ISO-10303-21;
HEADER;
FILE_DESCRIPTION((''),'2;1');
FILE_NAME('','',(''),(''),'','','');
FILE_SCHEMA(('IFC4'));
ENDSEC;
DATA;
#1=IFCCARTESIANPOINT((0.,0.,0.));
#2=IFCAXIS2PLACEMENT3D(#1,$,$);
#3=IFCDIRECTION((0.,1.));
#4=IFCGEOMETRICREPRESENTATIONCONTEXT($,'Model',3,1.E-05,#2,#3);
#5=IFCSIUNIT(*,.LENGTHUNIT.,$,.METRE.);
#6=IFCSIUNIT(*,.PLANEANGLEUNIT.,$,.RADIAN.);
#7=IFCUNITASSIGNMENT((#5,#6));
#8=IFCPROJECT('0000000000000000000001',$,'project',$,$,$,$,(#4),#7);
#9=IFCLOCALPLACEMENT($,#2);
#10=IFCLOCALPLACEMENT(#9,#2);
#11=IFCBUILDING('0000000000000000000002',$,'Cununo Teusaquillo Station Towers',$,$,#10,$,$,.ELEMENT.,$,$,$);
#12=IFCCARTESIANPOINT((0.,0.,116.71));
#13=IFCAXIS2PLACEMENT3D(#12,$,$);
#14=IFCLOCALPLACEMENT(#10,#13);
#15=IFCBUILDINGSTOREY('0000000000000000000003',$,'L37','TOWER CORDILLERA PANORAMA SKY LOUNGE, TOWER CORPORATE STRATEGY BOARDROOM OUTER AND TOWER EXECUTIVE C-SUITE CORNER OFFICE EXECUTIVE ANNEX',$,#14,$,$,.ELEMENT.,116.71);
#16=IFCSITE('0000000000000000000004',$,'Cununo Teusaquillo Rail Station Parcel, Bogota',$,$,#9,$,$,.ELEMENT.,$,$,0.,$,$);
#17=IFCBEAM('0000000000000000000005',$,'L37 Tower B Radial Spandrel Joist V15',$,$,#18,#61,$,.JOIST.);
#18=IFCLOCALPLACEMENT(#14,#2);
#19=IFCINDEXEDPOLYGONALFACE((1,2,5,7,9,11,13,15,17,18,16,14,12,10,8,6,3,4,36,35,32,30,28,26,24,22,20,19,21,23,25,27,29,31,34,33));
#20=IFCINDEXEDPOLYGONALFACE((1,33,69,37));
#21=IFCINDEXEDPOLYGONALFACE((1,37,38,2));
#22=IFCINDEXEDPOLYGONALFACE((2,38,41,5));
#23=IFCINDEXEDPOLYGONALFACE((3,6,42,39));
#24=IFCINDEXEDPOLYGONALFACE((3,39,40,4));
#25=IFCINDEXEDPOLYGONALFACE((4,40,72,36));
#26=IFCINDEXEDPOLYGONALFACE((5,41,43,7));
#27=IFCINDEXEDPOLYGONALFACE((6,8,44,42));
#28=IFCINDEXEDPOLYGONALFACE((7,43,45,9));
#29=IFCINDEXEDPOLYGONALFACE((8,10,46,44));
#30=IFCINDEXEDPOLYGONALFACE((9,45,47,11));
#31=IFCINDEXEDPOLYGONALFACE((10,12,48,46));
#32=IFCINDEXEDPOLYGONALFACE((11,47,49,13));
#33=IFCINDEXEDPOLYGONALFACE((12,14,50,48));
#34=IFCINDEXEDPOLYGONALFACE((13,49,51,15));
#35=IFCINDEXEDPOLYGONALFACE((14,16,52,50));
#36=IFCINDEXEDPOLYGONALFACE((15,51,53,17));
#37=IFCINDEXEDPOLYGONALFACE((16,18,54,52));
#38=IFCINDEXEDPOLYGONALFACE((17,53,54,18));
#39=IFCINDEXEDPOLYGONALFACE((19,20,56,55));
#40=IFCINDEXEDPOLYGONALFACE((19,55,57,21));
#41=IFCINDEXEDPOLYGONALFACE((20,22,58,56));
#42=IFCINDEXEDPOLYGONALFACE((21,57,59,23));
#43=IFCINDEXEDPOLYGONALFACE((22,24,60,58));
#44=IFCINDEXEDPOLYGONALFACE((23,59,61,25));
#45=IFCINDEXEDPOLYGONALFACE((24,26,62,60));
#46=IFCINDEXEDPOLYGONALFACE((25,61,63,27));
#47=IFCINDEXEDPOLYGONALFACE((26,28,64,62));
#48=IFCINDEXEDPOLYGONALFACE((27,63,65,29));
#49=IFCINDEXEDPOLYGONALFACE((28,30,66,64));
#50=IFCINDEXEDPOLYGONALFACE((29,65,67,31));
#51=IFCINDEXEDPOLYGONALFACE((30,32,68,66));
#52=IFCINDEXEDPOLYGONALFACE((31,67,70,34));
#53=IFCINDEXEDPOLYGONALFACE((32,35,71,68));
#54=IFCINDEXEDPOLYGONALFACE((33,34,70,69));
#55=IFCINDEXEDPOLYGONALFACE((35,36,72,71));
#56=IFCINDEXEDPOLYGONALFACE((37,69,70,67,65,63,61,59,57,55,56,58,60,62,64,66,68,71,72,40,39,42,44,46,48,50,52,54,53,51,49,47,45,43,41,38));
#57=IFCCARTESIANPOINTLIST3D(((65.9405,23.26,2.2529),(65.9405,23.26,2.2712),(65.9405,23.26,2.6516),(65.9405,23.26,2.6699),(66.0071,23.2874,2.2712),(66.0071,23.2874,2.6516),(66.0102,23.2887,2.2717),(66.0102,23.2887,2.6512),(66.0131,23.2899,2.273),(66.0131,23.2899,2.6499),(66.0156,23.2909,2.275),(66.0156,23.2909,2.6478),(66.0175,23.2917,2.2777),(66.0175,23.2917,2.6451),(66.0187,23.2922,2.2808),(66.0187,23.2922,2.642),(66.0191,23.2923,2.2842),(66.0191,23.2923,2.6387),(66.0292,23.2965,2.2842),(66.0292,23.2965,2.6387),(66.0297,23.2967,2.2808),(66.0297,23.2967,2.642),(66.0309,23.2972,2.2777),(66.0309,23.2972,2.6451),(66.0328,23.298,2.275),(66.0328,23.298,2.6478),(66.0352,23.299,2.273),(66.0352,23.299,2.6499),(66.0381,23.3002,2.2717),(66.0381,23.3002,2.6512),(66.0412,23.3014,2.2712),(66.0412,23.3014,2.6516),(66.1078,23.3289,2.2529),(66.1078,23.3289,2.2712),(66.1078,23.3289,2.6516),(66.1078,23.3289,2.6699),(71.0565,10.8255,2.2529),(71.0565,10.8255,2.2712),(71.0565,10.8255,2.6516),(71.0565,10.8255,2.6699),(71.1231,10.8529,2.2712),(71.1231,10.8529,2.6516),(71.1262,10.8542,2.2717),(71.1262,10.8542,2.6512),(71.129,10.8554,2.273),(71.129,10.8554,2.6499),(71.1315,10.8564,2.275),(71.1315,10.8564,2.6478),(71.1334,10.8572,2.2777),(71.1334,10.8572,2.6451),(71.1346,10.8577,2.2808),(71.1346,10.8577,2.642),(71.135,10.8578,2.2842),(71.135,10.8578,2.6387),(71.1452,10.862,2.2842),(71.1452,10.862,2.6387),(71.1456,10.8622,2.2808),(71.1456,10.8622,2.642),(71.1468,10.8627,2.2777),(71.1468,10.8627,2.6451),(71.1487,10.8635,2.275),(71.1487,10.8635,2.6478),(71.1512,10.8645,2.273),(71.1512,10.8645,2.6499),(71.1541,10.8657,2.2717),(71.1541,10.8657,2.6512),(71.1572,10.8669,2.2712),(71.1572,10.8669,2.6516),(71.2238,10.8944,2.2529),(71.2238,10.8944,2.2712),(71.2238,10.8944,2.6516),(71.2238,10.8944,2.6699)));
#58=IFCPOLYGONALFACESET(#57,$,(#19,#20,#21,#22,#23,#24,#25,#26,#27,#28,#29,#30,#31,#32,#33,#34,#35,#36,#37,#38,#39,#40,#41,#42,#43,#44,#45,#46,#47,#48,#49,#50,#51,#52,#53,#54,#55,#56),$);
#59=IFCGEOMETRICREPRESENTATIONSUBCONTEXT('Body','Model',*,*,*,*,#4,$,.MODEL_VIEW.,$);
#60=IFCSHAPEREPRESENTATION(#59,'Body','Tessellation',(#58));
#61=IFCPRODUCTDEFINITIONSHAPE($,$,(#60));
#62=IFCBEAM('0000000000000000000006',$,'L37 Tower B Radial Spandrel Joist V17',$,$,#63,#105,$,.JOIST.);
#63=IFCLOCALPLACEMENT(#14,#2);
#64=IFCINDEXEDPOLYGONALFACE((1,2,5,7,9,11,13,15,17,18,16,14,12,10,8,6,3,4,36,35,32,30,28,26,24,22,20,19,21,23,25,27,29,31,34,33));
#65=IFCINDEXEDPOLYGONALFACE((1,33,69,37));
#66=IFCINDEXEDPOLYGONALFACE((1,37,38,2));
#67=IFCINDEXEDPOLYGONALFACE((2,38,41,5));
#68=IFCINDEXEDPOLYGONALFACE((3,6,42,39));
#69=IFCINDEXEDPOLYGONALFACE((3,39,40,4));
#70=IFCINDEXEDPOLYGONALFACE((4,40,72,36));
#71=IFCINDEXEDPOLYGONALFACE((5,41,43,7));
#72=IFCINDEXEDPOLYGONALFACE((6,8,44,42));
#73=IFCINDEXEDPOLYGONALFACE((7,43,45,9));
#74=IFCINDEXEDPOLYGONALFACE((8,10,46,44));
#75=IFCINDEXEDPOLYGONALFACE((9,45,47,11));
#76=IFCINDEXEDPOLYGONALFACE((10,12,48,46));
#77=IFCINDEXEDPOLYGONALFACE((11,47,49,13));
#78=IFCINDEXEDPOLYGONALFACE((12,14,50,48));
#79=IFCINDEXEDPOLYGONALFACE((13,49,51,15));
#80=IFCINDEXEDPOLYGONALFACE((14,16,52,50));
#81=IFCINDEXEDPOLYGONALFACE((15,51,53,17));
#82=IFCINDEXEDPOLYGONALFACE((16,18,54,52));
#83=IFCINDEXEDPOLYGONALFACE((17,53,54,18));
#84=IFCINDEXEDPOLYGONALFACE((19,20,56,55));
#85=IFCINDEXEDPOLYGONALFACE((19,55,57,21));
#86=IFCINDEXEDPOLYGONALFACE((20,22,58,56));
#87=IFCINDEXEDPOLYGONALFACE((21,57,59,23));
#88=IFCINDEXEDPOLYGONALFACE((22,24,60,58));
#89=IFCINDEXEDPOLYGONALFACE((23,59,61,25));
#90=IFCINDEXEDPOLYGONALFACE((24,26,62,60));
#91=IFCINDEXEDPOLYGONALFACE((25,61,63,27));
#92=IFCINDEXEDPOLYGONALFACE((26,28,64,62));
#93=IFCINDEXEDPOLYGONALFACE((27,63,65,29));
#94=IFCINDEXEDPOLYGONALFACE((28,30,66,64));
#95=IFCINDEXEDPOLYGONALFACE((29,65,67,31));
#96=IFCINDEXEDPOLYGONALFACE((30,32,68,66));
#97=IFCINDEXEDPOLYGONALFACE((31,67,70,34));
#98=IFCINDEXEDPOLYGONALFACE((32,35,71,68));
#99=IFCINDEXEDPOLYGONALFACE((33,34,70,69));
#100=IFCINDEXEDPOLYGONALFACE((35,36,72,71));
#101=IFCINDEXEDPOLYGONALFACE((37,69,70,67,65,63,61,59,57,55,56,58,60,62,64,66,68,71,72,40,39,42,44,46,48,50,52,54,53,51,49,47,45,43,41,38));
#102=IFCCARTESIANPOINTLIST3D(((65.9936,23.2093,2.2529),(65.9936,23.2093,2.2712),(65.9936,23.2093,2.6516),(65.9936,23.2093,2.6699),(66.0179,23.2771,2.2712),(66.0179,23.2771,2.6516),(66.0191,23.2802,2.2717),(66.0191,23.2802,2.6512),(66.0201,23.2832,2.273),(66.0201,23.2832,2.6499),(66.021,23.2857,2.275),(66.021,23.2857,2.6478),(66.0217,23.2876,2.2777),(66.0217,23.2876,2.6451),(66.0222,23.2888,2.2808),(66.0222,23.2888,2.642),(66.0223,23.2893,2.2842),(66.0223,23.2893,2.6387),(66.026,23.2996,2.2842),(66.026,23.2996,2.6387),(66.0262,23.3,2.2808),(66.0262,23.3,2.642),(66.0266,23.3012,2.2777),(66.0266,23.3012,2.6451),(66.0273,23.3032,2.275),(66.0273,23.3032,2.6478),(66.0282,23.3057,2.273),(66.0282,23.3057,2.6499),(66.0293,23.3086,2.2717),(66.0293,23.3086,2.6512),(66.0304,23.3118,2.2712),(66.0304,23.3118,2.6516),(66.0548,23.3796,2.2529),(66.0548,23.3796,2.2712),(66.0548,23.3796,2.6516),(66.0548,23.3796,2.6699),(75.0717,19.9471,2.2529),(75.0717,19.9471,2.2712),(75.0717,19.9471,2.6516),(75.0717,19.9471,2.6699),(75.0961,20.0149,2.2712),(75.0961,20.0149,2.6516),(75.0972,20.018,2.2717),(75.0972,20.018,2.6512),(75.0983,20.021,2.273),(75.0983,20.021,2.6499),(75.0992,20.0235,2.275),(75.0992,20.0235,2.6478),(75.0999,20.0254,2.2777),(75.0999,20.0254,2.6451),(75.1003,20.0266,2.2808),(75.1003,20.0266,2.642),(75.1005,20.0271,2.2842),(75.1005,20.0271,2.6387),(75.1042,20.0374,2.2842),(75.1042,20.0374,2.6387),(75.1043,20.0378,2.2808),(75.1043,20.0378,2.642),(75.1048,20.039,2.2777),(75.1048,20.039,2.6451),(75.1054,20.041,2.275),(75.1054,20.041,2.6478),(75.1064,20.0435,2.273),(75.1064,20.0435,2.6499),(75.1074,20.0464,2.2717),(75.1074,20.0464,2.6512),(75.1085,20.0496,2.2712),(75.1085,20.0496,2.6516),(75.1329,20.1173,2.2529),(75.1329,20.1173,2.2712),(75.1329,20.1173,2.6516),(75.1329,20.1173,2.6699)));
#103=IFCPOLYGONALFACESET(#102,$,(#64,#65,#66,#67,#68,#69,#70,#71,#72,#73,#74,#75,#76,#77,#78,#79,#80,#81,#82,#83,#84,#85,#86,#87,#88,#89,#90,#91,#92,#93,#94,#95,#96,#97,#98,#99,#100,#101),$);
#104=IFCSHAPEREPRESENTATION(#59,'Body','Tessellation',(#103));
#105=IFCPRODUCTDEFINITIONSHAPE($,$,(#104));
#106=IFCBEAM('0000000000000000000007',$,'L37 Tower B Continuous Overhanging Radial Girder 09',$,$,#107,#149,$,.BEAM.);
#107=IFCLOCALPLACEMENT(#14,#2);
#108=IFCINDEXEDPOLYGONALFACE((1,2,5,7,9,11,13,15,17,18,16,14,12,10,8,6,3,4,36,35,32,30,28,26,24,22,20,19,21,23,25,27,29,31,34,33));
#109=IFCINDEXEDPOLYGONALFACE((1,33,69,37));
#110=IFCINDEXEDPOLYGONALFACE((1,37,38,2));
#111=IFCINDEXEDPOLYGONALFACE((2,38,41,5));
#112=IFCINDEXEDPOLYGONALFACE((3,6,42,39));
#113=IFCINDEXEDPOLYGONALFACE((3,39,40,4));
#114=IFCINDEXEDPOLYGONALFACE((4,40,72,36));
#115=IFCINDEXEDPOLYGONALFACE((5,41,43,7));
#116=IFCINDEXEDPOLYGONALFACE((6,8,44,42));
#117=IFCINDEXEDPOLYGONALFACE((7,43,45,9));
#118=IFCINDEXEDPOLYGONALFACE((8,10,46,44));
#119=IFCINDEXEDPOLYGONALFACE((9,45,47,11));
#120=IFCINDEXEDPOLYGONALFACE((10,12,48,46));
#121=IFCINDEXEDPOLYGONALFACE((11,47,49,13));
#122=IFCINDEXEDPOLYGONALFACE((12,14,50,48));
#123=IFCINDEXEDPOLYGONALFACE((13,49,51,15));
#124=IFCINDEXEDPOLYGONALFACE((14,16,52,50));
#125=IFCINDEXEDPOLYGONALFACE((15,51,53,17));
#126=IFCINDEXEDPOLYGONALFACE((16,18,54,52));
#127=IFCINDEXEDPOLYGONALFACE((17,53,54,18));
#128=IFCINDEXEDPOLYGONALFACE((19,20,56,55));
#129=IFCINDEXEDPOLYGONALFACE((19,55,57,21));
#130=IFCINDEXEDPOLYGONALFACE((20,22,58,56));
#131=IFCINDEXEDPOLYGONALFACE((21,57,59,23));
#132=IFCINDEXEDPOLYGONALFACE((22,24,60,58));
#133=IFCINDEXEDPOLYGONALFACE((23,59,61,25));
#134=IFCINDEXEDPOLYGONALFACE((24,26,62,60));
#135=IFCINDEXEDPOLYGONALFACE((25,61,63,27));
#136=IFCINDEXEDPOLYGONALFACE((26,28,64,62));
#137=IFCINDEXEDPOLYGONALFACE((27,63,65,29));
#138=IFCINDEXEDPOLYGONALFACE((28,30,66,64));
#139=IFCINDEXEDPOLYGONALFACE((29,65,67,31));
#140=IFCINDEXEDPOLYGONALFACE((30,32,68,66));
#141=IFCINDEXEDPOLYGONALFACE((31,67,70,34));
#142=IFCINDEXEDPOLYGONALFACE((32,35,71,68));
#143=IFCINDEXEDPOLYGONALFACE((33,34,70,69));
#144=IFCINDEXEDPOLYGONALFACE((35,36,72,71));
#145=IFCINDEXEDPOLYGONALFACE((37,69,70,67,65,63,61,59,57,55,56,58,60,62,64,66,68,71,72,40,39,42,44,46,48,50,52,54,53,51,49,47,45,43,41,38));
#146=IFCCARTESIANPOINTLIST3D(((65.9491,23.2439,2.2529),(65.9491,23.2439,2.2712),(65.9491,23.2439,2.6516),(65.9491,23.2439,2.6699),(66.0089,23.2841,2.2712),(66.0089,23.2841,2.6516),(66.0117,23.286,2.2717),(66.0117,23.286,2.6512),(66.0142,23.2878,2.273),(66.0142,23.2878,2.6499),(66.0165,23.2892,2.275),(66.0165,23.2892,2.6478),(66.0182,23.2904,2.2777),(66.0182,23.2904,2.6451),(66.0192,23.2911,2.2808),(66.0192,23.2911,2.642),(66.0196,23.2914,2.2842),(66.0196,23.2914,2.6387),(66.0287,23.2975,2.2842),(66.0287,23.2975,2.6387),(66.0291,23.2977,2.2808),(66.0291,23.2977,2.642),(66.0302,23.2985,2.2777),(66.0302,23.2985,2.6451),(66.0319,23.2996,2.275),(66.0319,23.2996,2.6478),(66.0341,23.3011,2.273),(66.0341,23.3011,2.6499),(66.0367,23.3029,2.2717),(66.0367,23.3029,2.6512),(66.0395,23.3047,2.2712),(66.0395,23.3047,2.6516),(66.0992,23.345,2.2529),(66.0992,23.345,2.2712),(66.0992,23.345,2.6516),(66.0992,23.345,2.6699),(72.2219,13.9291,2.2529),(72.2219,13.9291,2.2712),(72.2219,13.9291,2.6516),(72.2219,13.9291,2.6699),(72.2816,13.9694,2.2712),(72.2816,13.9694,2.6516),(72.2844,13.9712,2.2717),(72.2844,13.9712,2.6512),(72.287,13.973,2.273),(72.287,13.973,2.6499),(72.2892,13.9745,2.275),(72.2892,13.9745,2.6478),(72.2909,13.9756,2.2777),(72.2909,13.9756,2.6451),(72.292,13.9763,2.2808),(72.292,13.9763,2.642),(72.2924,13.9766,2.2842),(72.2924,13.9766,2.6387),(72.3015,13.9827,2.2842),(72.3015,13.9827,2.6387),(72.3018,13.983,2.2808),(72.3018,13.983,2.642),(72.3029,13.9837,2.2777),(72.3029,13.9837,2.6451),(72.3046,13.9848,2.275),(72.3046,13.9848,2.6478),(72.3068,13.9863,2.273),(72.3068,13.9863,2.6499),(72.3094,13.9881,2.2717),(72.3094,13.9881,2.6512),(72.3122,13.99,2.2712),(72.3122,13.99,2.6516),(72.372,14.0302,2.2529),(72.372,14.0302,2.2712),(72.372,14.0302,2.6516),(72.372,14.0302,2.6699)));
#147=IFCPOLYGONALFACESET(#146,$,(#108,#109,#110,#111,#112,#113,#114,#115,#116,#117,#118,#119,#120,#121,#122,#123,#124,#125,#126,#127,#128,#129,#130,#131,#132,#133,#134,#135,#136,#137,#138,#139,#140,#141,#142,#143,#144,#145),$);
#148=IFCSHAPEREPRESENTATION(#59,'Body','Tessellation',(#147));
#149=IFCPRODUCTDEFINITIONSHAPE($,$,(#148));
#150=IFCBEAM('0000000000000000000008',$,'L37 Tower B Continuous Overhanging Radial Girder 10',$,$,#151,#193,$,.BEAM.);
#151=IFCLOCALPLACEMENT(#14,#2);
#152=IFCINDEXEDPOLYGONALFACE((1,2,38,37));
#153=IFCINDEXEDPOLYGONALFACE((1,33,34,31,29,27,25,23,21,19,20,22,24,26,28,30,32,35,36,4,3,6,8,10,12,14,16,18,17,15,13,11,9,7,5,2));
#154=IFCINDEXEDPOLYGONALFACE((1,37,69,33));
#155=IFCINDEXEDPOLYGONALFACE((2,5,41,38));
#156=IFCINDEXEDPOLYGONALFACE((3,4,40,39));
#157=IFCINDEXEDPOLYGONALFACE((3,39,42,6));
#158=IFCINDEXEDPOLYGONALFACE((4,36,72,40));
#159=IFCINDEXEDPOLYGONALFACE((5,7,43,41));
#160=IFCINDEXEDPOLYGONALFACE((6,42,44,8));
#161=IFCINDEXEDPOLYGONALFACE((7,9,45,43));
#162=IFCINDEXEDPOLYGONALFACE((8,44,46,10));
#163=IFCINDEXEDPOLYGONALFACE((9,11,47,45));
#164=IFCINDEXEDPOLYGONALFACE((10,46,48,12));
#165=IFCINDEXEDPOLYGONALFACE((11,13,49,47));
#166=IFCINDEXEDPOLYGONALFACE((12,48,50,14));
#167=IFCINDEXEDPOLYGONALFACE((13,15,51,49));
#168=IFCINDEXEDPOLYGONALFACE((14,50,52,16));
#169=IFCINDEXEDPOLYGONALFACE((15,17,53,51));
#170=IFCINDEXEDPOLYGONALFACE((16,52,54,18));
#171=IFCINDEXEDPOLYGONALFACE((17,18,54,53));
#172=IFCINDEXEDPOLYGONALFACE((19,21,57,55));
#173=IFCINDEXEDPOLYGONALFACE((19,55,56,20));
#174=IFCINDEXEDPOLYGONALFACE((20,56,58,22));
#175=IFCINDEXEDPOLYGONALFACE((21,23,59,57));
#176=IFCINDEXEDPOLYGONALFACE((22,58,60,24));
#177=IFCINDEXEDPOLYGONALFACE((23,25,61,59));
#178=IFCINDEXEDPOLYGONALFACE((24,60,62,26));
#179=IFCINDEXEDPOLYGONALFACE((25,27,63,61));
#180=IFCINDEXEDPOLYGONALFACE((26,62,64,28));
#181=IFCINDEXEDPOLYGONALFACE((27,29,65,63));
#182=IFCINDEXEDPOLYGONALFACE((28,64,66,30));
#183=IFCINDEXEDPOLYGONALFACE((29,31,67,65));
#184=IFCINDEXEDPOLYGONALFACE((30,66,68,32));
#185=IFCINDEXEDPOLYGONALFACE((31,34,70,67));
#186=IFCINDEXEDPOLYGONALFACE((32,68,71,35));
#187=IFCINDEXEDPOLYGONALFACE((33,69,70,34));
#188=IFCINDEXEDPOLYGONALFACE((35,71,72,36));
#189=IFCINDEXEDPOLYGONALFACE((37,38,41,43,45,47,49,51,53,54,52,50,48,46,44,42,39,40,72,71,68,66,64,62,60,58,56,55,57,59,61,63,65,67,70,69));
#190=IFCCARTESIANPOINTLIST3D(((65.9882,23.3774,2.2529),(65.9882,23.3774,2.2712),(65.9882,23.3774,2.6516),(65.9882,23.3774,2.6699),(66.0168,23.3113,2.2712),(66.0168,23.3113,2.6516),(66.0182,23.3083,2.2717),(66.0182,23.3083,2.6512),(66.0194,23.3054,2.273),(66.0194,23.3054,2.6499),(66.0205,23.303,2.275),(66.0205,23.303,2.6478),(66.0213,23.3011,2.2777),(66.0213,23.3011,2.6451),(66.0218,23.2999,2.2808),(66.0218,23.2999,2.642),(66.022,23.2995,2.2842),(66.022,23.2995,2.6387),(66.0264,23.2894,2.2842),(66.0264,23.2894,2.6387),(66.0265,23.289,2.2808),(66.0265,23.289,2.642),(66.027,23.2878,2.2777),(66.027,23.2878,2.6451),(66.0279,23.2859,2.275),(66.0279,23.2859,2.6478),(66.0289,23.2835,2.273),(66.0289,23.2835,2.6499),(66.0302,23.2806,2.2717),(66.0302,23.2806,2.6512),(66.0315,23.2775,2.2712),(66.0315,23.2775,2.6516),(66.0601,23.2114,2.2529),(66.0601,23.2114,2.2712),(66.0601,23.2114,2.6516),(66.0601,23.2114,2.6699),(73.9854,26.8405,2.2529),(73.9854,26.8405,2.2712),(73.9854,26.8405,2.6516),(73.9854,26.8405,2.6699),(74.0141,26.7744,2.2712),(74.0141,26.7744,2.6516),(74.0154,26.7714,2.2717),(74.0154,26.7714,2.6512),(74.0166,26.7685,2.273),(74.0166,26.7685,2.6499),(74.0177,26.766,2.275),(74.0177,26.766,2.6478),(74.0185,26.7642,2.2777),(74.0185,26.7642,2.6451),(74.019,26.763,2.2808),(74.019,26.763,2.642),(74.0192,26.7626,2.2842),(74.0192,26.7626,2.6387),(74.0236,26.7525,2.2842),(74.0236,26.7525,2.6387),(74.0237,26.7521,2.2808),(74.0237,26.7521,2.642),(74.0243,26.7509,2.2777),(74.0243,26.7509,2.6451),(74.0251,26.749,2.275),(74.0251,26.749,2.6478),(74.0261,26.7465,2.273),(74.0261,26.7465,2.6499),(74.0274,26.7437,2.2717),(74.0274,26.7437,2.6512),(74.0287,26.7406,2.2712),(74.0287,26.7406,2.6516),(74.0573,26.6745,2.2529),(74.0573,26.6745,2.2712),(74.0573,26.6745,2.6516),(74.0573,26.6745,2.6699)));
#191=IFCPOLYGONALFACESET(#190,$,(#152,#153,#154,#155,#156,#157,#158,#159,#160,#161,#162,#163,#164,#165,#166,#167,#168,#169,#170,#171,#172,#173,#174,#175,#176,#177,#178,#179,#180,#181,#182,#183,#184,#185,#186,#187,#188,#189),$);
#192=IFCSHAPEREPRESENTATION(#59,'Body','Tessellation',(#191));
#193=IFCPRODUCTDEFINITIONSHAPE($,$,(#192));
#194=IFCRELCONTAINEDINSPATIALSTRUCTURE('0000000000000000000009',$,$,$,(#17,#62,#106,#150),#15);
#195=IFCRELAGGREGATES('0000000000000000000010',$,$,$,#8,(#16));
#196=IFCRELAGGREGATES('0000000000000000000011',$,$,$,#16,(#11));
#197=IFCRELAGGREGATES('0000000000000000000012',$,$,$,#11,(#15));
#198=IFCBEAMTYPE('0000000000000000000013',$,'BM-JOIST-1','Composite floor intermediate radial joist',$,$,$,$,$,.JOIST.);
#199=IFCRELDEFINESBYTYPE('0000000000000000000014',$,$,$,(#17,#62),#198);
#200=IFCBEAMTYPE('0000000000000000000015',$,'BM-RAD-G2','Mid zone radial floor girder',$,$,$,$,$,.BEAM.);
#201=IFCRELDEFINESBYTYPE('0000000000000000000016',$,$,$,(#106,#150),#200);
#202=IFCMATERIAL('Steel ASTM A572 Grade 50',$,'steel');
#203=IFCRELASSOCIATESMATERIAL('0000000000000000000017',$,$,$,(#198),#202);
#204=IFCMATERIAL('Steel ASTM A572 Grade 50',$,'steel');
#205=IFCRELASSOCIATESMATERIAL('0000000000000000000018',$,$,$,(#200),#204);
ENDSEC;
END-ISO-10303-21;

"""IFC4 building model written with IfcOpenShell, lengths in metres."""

from ifc_helpers import new_model, si_unit, direction, frame, origin, origin_2d, place, context, subcontext, project, spatial, i_section, extrude, material, material_profile, profile_set, type_object, element, save


model = new_model("IFC4")

# Units and contexts
model_context = context("Model", 3, precision=1e-05, world=origin(), true_north=direction((0.0, 1.0)))
body_context = subcontext(model_context, "Body", "Model", "MODEL_VIEW")
ifc_project = project(units=[si_unit("LENGTHUNIT", "METRE"), si_unit("PLANEANGLEUNIT", "RADIAN")], contexts=[model_context])

# Site, building, storey
site_placement = place(None, origin())
site = spatial("IfcSite", under=ifc_project, at=site_placement, Name="Cununo Teusaquillo Rail Station Parcel, Bogota", CompositionType="ELEMENT", RefElevation=0.0)
building_placement = place(site_placement, origin())
building = spatial("IfcBuilding", under=site, at=building_placement, Name="Cununo Teusaquillo Station Towers", CompositionType="ELEMENT")
storey_placement = place(building_placement, frame((0.0, 0.0, 116.71)))
storey = spatial("IfcBuildingStorey", under=building, at=storey_placement, Name="L37", Description="TOWER CORDILLERA PANORAMA SKY LOUNGE, TOWER CORPORATE STRATEGY BOARDROOM OUTER AND TOWER EXECUTIVE C-SUITE CORNER OFFICE EXECUTIVE ANNEX", CompositionType="ELEMENT", Elevation=116.71)

# Beams
ifc_material_1 = material(Name="Steel ASTM A572 Grade 50", Category="steel")
ifc_material_profile_1 = material_profile(ifc_material_1, i_section(OverallWidth=0.1809, OverallDepth=0.417, WebThickness=0.011, FlangeThickness=0.0183, FilletRadius=0.0129, at=origin_2d()), Name="W16X57")
ifc_profile_set_1 = profile_set([ifc_material_profile_1], Name="Steel ASTM A572 Grade 50")
beam_type_1 = type_object("IfcBeamType", Name="BM-JOIST-1", Description="Composite floor intermediate radial joist", PredefinedType="JOIST", material=ifc_profile_set_1)
beam_1_placement = place(storey_placement, frame((66.0242, 23.2944, 2.4614), z_axis=(0.380486, -0.924787, 0.0), x_axis=(0.924787, 0.380486, 0.0)))
element("IfcBeam", 1, at=beam_1_placement, inside=storey, type_object=beam_type_1, Name="L37 Tower B Radial Spandrel Joist V15", PredefinedType="JOIST", context=body_context, shape_type="SweptSolid", body=[
    extrude(i_section(OverallWidth=0.1809, OverallDepth=0.417, WebThickness=0.011, FlangeThickness=0.0183, FilletRadius=0.0129, at=origin_2d()), origin(), (0.0, 0.0, 1.0), 13.4458),
])
beam_2_placement = place(storey_placement, frame((66.0242, 23.2944, 2.4614), z_axis=(0.941083, -0.338176, 0.0), x_axis=(0.338176, 0.941083, 0.0)))
element("IfcBeam", 2, at=beam_2_placement, inside=storey, type_object=beam_type_1, Name="L37 Tower B Radial Spandrel Joist V17", PredefinedType="JOIST", context=body_context, shape_type="SweptSolid", body=[
    extrude(i_section(OverallWidth=0.1809, OverallDepth=0.417, WebThickness=0.011, FlangeThickness=0.0183, FilletRadius=0.0129, at=origin_2d()), origin(), (0.0, 0.0, 1.0), 9.6465),
])
ifc_material_2 = material(Name="Steel ASTM A572 Grade 50", Category="steel")
ifc_material_profile_2 = material_profile(ifc_material_2, i_section(OverallWidth=0.1809, OverallDepth=0.417, WebThickness=0.011, FlangeThickness=0.0183, FilletRadius=0.0129, at=origin_2d()), Name="W16X57")
ifc_profile_set_2 = profile_set([ifc_material_profile_2], Name="Steel ASTM A572 Grade 50")
beam_type_2 = type_object("IfcBeamType", Name="BM-RAD-G2", Description="Mid zone radial floor girder", PredefinedType="BEAM", material=ifc_profile_set_2)
beam_3_placement = place(storey_placement, frame((66.0242, 23.2944, 2.4614), z_axis=(0.558572, -0.829456, 0.0), x_axis=(0.829456, 0.558572, 0.0)))
element("IfcBeam", 3, at=beam_3_placement, inside=storey, type_object=beam_type_2, Name="L37 Tower B Continuous Overhanging Radial Girder 09", PredefinedType="BEAM", context=body_context, shape_type="SweptSolid", body=[
    extrude(i_section(OverallWidth=0.1809, OverallDepth=0.417, WebThickness=0.011, FlangeThickness=0.0183, FilletRadius=0.0129, at=origin_2d()), origin(), (0.0, 0.0, 1.0), 11.23),
])
beam_4_placement = place(storey_placement, frame((66.0242, 23.2944, 2.4614), z_axis=(0.917655, 0.397379, 0.0), x_axis=(-0.397379, 0.917655, 0.0)))
element("IfcBeam", 4, at=beam_4_placement, inside=storey, type_object=beam_type_2, Name="L37 Tower B Continuous Overhanging Radial Girder 10", PredefinedType="BEAM", context=body_context, shape_type="SweptSolid", body=[
    extrude(i_section(OverallWidth=0.1809, OverallDepth=0.417, WebThickness=0.011, FlangeThickness=0.0183, FilletRadius=0.0129, at=origin_2d()), origin(), (0.0, 0.0, 1.0), 8.7148),
])

save(model, "model.ifc")
